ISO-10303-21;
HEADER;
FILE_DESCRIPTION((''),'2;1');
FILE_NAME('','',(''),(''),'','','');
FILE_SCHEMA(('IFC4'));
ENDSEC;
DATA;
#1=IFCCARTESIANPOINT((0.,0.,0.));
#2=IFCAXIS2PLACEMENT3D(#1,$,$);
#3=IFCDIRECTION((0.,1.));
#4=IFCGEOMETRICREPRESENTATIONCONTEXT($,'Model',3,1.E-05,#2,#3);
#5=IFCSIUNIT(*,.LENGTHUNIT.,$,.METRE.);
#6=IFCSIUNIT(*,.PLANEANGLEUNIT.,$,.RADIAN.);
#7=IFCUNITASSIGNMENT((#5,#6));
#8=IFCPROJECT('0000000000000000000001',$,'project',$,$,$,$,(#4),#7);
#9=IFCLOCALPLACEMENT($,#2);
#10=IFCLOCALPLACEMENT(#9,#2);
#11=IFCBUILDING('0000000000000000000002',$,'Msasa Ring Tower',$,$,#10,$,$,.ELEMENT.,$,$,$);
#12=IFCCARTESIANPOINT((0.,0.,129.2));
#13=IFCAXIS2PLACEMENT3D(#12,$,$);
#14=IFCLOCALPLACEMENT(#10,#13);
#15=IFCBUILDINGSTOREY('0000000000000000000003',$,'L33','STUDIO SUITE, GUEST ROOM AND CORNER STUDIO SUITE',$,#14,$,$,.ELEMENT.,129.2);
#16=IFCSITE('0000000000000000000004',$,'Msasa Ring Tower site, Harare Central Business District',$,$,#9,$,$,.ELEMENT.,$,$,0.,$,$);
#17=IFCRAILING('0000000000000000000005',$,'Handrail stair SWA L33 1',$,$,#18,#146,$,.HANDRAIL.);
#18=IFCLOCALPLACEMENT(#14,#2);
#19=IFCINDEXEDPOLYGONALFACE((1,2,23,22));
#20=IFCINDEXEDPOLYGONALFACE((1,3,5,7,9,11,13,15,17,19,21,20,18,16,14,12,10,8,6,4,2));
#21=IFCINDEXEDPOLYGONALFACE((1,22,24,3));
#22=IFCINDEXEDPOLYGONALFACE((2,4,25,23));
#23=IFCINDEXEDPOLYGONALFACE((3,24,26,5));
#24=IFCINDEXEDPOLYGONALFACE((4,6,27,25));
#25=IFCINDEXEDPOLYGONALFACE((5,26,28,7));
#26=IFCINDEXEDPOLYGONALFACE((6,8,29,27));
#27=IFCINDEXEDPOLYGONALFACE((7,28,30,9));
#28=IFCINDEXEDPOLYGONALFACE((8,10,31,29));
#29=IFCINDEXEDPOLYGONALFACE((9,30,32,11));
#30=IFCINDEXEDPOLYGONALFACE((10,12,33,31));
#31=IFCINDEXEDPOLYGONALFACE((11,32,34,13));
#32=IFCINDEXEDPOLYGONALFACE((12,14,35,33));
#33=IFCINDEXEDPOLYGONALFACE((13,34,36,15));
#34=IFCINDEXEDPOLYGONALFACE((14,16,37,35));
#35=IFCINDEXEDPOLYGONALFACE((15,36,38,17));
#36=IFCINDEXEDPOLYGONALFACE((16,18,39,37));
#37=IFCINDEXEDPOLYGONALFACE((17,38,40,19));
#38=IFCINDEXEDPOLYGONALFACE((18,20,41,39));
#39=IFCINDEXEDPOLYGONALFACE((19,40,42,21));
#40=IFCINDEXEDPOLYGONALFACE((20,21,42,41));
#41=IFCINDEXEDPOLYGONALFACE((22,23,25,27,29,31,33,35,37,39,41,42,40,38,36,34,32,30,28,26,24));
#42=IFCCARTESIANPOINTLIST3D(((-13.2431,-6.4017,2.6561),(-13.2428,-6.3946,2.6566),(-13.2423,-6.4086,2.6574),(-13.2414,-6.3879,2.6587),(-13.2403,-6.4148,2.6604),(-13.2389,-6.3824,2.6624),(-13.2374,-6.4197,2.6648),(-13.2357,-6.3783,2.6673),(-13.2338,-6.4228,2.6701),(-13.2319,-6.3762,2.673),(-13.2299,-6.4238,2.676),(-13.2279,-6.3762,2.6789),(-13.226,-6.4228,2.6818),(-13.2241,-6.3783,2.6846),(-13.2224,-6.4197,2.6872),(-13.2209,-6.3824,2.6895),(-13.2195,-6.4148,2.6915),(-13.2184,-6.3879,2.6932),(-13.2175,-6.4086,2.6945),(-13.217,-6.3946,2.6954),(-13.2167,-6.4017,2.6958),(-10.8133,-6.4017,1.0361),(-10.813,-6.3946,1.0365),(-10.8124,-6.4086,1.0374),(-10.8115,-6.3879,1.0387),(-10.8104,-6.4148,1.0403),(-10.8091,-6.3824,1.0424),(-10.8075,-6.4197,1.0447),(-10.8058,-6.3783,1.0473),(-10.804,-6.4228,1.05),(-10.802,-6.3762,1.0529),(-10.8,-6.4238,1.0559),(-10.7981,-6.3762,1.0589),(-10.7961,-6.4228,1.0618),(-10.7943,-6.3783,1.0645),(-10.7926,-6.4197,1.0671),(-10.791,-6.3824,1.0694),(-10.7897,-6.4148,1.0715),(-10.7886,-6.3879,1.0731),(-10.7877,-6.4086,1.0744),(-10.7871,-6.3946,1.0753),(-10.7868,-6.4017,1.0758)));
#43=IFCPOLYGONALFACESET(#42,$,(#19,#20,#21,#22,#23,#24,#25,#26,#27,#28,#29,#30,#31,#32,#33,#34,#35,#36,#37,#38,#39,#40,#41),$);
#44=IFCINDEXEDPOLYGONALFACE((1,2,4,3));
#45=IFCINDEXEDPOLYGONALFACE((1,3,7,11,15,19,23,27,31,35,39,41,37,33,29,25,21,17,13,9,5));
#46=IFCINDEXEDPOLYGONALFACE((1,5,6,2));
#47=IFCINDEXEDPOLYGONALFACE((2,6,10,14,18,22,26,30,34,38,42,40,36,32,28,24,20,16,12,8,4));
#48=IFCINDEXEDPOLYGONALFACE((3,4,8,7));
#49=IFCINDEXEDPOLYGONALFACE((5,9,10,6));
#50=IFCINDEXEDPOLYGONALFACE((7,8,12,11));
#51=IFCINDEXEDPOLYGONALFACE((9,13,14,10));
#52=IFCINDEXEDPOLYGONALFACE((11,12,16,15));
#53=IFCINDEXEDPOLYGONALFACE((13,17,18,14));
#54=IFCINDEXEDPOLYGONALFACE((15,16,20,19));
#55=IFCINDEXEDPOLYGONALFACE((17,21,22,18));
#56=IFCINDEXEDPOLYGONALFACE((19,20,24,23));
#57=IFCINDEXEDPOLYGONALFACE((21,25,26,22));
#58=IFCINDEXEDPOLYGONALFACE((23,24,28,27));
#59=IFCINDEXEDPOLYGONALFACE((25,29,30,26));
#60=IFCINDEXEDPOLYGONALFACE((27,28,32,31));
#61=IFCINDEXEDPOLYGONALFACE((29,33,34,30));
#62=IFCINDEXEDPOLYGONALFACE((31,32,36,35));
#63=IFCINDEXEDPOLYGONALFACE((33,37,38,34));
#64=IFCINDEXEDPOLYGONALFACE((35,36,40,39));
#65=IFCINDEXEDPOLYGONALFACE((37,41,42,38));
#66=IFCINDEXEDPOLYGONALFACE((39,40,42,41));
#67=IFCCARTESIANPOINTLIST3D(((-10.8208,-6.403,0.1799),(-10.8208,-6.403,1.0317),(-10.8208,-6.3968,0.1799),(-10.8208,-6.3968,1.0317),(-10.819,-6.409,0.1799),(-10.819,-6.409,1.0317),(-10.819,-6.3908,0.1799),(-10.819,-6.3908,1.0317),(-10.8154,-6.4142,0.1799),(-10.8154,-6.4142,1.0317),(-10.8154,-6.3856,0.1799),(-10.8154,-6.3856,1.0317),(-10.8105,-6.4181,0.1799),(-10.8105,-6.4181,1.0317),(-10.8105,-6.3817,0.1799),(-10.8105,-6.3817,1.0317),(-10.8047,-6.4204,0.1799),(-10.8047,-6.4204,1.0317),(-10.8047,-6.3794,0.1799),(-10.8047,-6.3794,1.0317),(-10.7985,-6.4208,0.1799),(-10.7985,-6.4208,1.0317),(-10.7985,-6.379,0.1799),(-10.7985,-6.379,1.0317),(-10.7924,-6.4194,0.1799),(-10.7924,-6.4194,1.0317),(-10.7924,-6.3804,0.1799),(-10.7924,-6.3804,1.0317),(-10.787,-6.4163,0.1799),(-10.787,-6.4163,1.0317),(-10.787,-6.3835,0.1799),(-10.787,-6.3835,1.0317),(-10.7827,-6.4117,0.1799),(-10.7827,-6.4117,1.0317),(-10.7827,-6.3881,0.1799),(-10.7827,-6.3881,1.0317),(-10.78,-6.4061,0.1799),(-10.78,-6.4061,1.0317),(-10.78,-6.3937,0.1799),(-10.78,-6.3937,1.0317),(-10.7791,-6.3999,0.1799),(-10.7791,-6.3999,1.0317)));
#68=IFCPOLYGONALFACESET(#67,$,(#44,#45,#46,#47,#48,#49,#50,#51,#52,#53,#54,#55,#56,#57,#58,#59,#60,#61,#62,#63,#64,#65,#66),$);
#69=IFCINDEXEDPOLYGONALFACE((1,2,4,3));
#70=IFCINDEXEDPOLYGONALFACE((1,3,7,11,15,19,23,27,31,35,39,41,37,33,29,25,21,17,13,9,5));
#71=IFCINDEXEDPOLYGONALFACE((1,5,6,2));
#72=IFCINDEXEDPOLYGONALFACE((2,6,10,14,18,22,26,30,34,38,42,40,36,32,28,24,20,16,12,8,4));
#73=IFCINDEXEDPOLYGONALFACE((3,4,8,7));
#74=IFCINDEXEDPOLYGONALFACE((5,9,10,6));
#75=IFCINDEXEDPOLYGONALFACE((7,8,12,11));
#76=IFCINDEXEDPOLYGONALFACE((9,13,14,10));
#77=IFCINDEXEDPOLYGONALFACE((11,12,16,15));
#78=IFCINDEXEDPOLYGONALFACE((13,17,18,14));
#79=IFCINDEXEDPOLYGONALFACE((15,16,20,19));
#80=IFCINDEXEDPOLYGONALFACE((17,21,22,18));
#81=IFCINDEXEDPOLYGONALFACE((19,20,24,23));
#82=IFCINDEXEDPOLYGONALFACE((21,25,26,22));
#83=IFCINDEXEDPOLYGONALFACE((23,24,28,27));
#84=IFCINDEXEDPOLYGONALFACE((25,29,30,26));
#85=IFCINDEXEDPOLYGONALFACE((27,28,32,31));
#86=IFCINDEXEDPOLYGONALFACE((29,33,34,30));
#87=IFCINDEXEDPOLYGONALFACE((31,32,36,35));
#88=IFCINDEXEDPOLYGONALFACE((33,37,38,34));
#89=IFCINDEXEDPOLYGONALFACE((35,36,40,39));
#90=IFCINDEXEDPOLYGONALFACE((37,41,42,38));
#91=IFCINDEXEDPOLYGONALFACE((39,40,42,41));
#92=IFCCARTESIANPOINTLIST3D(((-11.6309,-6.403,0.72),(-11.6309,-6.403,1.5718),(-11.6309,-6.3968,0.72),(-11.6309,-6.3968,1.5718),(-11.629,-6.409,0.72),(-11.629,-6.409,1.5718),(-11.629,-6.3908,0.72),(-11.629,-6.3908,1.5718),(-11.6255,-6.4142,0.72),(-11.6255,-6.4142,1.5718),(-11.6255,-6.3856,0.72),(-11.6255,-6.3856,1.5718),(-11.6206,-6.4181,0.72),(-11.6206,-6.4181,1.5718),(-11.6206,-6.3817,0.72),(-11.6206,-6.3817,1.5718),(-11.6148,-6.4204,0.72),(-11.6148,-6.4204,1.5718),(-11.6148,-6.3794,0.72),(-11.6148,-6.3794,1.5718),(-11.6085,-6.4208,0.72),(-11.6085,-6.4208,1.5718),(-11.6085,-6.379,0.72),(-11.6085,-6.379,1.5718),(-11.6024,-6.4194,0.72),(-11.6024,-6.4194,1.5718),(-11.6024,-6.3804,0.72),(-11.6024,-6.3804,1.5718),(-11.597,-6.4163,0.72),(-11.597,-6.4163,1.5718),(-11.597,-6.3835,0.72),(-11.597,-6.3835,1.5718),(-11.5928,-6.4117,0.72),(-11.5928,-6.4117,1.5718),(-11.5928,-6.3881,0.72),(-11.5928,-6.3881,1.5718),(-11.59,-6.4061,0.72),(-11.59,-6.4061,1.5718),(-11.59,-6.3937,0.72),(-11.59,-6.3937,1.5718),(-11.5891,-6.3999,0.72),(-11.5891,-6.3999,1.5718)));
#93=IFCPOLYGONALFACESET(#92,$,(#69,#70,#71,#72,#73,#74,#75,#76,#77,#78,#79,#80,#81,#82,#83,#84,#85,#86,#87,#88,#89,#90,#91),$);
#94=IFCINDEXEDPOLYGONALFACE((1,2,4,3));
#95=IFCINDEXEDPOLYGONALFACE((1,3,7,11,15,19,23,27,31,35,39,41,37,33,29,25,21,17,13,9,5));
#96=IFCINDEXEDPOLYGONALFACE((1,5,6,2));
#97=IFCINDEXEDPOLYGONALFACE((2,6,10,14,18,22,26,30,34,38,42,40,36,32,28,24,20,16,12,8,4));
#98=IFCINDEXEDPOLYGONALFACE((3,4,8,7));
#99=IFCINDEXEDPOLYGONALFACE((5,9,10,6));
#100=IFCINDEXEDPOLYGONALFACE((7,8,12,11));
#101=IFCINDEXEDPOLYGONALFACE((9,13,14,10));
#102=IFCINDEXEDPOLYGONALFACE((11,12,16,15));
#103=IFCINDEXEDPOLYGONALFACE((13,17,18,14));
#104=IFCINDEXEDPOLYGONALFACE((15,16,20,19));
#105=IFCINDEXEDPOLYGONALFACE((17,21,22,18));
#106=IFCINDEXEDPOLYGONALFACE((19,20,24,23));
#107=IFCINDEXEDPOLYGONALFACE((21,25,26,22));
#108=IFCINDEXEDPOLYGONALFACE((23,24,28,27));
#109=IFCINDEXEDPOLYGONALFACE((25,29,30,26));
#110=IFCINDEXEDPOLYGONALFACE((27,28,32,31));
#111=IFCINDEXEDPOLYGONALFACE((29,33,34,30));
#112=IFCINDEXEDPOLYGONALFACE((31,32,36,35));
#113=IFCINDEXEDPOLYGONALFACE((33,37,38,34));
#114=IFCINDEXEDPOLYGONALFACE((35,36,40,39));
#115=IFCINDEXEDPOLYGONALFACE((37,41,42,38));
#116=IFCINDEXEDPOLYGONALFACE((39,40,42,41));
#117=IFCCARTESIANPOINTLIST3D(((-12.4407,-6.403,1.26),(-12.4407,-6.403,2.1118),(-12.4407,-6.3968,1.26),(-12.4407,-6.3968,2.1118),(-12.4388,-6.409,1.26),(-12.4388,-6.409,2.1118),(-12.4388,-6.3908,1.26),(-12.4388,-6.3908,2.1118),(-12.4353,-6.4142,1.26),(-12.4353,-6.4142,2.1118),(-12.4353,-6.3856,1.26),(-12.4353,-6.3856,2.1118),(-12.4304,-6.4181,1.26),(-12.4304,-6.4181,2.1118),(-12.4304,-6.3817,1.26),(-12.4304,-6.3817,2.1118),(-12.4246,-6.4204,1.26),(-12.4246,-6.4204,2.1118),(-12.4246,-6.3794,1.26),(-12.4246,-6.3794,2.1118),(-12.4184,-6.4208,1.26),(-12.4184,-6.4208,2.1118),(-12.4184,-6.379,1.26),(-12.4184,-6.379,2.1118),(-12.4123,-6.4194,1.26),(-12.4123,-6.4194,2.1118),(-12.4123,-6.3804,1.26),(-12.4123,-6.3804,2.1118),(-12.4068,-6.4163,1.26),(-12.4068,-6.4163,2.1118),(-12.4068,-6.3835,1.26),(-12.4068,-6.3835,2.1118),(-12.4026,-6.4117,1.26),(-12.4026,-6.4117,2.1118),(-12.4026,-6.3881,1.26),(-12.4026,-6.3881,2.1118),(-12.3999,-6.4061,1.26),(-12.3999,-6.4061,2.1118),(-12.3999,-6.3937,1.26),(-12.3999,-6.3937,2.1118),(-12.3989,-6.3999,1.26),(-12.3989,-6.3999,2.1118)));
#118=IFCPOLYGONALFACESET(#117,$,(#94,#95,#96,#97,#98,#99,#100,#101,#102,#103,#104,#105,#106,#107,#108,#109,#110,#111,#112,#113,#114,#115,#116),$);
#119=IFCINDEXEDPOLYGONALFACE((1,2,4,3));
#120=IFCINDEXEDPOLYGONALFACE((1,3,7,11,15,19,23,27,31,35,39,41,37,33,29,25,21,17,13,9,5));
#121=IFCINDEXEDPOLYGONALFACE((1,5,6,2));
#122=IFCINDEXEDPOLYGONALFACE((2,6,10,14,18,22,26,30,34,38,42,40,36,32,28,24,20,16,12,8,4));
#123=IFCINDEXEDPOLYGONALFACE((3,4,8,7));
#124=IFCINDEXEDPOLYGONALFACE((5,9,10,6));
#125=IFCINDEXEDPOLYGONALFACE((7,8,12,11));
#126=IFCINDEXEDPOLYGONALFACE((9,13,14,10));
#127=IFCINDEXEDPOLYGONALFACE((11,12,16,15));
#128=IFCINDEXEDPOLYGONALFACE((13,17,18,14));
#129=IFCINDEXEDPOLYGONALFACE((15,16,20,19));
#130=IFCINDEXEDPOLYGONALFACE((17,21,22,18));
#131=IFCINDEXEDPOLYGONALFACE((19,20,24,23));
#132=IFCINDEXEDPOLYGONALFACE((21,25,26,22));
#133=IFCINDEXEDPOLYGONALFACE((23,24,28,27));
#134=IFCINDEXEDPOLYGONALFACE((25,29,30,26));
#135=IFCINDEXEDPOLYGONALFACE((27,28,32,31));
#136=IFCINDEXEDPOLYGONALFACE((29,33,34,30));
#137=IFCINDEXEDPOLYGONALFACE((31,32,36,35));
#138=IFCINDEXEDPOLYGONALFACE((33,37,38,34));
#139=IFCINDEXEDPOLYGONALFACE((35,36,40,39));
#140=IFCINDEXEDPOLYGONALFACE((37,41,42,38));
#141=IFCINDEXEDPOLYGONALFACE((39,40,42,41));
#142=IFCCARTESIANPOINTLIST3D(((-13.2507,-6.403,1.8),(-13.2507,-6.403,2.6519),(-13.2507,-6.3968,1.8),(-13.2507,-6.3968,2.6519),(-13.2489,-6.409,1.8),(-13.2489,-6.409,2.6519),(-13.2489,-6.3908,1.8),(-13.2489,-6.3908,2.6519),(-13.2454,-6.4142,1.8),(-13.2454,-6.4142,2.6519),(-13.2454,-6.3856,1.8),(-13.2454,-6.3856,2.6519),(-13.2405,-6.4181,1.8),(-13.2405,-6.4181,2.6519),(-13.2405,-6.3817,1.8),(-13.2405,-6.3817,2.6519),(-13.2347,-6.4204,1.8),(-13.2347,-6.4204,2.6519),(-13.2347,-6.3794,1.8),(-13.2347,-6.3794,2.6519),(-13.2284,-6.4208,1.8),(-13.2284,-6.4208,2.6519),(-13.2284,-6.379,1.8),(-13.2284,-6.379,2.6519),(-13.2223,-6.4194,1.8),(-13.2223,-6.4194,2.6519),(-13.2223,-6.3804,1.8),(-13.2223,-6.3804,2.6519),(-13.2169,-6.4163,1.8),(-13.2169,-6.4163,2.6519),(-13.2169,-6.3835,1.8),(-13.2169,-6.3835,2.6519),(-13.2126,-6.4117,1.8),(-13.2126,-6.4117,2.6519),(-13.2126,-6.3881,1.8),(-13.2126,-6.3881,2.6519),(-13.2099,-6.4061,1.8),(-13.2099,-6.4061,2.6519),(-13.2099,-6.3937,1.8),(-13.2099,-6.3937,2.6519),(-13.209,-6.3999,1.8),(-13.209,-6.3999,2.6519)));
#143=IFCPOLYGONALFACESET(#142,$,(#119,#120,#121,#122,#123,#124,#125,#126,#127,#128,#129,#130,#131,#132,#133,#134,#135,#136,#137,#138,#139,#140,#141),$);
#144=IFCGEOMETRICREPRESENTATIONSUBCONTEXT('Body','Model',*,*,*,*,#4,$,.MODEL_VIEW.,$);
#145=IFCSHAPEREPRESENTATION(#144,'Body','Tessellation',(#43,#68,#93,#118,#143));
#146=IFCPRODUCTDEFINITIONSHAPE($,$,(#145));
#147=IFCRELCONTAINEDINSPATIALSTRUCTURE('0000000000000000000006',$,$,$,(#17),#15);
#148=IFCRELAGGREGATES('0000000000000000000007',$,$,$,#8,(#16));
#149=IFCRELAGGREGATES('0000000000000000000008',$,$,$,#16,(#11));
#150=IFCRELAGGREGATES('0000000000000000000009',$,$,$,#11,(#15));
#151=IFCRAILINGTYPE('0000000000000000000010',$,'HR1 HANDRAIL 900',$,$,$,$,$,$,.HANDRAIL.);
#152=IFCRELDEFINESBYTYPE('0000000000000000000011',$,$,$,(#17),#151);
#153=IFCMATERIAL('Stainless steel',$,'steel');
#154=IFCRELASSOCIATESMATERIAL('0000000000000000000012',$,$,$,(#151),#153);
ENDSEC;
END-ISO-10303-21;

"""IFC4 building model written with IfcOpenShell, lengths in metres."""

from ifc_helpers import new_model, si_unit, direction, frame, origin, origin_2d, place, context, subcontext, project, spatial, circle, extrude, material, type_object, element, save


model = new_model("IFC4")

# Units and contexts
model_context = context("Model", 3, precision=1e-05, world=origin(), true_north=direction((0.0, 1.0)))
body_context = subcontext(model_context, "Body", "Model", "MODEL_VIEW")
ifc_project = project(units=[si_unit("LENGTHUNIT", "METRE"), si_unit("PLANEANGLEUNIT", "RADIAN")], contexts=[model_context])

# Site, building, storey
site_placement = place(None, origin())
site = spatial("IfcSite", under=ifc_project, at=site_placement, Name="Msasa Ring Tower site, Harare Central Business District", CompositionType="ELEMENT", RefElevation=0.0)
building_placement = place(site_placement, origin())
building = spatial("IfcBuilding", under=site, at=building_placement, Name="Msasa Ring Tower", CompositionType="ELEMENT")
storey_placement = place(building_placement, frame((0.0, 0.0, 129.2)))
storey = spatial("IfcBuildingStorey", under=building, at=storey_placement, Name="L33", Description="STUDIO SUITE, GUEST ROOM AND CORNER STUDIO SUITE", CompositionType="ELEMENT", Elevation=129.2)

# Railing
ifc_material_1 = material(Name="Stainless steel", Category="steel")
railing_type = type_object("IfcRailingType", Name="HR1 HANDRAIL 900", PredefinedType="HANDRAIL", material=ifc_material_1)
for number, where, name in (
    (1, (-10.8, -6.3999, 0.1799), "Handrail stair SWA L33 1"),
):
    element("IfcRailing", number, at=place(storey_placement, frame(where)), inside=storey, type_object=railing_type, Name=name, PredefinedType="HANDRAIL", context=body_context, shape_type="SweptSolid", body=[
        extrude(circle(Radius=0.0239, at=origin_2d()), frame((0.0, 0.0, 0.876), z_axis=(-0.832025, 0.0, 0.554739), x_axis=(0.0, -1.0, 0.0)), (0.0, 0.0, 1.0), 2.9204),
        extrude(circle(Radius=0.021, at=origin_2d()), origin(), (0.0, 0.0, 1.0), 0.8518),
        extrude(circle(Radius=0.021, at=origin_2d()), frame((-0.8101, 0.0, 0.54)), (0.0, 0.0, 1.0), 0.8518),
        extrude(circle(Radius=0.021, at=origin_2d()), frame((-1.6199, 0.0, 1.0801)), (0.0, 0.0, 1.0), 0.8518),
        extrude(circle(Radius=0.021, at=origin_2d()), frame((-2.4299, 0.0, 1.6201)), (0.0, 0.0, 1.0), 0.8518),
    ])

save(model, "model.ifc")
